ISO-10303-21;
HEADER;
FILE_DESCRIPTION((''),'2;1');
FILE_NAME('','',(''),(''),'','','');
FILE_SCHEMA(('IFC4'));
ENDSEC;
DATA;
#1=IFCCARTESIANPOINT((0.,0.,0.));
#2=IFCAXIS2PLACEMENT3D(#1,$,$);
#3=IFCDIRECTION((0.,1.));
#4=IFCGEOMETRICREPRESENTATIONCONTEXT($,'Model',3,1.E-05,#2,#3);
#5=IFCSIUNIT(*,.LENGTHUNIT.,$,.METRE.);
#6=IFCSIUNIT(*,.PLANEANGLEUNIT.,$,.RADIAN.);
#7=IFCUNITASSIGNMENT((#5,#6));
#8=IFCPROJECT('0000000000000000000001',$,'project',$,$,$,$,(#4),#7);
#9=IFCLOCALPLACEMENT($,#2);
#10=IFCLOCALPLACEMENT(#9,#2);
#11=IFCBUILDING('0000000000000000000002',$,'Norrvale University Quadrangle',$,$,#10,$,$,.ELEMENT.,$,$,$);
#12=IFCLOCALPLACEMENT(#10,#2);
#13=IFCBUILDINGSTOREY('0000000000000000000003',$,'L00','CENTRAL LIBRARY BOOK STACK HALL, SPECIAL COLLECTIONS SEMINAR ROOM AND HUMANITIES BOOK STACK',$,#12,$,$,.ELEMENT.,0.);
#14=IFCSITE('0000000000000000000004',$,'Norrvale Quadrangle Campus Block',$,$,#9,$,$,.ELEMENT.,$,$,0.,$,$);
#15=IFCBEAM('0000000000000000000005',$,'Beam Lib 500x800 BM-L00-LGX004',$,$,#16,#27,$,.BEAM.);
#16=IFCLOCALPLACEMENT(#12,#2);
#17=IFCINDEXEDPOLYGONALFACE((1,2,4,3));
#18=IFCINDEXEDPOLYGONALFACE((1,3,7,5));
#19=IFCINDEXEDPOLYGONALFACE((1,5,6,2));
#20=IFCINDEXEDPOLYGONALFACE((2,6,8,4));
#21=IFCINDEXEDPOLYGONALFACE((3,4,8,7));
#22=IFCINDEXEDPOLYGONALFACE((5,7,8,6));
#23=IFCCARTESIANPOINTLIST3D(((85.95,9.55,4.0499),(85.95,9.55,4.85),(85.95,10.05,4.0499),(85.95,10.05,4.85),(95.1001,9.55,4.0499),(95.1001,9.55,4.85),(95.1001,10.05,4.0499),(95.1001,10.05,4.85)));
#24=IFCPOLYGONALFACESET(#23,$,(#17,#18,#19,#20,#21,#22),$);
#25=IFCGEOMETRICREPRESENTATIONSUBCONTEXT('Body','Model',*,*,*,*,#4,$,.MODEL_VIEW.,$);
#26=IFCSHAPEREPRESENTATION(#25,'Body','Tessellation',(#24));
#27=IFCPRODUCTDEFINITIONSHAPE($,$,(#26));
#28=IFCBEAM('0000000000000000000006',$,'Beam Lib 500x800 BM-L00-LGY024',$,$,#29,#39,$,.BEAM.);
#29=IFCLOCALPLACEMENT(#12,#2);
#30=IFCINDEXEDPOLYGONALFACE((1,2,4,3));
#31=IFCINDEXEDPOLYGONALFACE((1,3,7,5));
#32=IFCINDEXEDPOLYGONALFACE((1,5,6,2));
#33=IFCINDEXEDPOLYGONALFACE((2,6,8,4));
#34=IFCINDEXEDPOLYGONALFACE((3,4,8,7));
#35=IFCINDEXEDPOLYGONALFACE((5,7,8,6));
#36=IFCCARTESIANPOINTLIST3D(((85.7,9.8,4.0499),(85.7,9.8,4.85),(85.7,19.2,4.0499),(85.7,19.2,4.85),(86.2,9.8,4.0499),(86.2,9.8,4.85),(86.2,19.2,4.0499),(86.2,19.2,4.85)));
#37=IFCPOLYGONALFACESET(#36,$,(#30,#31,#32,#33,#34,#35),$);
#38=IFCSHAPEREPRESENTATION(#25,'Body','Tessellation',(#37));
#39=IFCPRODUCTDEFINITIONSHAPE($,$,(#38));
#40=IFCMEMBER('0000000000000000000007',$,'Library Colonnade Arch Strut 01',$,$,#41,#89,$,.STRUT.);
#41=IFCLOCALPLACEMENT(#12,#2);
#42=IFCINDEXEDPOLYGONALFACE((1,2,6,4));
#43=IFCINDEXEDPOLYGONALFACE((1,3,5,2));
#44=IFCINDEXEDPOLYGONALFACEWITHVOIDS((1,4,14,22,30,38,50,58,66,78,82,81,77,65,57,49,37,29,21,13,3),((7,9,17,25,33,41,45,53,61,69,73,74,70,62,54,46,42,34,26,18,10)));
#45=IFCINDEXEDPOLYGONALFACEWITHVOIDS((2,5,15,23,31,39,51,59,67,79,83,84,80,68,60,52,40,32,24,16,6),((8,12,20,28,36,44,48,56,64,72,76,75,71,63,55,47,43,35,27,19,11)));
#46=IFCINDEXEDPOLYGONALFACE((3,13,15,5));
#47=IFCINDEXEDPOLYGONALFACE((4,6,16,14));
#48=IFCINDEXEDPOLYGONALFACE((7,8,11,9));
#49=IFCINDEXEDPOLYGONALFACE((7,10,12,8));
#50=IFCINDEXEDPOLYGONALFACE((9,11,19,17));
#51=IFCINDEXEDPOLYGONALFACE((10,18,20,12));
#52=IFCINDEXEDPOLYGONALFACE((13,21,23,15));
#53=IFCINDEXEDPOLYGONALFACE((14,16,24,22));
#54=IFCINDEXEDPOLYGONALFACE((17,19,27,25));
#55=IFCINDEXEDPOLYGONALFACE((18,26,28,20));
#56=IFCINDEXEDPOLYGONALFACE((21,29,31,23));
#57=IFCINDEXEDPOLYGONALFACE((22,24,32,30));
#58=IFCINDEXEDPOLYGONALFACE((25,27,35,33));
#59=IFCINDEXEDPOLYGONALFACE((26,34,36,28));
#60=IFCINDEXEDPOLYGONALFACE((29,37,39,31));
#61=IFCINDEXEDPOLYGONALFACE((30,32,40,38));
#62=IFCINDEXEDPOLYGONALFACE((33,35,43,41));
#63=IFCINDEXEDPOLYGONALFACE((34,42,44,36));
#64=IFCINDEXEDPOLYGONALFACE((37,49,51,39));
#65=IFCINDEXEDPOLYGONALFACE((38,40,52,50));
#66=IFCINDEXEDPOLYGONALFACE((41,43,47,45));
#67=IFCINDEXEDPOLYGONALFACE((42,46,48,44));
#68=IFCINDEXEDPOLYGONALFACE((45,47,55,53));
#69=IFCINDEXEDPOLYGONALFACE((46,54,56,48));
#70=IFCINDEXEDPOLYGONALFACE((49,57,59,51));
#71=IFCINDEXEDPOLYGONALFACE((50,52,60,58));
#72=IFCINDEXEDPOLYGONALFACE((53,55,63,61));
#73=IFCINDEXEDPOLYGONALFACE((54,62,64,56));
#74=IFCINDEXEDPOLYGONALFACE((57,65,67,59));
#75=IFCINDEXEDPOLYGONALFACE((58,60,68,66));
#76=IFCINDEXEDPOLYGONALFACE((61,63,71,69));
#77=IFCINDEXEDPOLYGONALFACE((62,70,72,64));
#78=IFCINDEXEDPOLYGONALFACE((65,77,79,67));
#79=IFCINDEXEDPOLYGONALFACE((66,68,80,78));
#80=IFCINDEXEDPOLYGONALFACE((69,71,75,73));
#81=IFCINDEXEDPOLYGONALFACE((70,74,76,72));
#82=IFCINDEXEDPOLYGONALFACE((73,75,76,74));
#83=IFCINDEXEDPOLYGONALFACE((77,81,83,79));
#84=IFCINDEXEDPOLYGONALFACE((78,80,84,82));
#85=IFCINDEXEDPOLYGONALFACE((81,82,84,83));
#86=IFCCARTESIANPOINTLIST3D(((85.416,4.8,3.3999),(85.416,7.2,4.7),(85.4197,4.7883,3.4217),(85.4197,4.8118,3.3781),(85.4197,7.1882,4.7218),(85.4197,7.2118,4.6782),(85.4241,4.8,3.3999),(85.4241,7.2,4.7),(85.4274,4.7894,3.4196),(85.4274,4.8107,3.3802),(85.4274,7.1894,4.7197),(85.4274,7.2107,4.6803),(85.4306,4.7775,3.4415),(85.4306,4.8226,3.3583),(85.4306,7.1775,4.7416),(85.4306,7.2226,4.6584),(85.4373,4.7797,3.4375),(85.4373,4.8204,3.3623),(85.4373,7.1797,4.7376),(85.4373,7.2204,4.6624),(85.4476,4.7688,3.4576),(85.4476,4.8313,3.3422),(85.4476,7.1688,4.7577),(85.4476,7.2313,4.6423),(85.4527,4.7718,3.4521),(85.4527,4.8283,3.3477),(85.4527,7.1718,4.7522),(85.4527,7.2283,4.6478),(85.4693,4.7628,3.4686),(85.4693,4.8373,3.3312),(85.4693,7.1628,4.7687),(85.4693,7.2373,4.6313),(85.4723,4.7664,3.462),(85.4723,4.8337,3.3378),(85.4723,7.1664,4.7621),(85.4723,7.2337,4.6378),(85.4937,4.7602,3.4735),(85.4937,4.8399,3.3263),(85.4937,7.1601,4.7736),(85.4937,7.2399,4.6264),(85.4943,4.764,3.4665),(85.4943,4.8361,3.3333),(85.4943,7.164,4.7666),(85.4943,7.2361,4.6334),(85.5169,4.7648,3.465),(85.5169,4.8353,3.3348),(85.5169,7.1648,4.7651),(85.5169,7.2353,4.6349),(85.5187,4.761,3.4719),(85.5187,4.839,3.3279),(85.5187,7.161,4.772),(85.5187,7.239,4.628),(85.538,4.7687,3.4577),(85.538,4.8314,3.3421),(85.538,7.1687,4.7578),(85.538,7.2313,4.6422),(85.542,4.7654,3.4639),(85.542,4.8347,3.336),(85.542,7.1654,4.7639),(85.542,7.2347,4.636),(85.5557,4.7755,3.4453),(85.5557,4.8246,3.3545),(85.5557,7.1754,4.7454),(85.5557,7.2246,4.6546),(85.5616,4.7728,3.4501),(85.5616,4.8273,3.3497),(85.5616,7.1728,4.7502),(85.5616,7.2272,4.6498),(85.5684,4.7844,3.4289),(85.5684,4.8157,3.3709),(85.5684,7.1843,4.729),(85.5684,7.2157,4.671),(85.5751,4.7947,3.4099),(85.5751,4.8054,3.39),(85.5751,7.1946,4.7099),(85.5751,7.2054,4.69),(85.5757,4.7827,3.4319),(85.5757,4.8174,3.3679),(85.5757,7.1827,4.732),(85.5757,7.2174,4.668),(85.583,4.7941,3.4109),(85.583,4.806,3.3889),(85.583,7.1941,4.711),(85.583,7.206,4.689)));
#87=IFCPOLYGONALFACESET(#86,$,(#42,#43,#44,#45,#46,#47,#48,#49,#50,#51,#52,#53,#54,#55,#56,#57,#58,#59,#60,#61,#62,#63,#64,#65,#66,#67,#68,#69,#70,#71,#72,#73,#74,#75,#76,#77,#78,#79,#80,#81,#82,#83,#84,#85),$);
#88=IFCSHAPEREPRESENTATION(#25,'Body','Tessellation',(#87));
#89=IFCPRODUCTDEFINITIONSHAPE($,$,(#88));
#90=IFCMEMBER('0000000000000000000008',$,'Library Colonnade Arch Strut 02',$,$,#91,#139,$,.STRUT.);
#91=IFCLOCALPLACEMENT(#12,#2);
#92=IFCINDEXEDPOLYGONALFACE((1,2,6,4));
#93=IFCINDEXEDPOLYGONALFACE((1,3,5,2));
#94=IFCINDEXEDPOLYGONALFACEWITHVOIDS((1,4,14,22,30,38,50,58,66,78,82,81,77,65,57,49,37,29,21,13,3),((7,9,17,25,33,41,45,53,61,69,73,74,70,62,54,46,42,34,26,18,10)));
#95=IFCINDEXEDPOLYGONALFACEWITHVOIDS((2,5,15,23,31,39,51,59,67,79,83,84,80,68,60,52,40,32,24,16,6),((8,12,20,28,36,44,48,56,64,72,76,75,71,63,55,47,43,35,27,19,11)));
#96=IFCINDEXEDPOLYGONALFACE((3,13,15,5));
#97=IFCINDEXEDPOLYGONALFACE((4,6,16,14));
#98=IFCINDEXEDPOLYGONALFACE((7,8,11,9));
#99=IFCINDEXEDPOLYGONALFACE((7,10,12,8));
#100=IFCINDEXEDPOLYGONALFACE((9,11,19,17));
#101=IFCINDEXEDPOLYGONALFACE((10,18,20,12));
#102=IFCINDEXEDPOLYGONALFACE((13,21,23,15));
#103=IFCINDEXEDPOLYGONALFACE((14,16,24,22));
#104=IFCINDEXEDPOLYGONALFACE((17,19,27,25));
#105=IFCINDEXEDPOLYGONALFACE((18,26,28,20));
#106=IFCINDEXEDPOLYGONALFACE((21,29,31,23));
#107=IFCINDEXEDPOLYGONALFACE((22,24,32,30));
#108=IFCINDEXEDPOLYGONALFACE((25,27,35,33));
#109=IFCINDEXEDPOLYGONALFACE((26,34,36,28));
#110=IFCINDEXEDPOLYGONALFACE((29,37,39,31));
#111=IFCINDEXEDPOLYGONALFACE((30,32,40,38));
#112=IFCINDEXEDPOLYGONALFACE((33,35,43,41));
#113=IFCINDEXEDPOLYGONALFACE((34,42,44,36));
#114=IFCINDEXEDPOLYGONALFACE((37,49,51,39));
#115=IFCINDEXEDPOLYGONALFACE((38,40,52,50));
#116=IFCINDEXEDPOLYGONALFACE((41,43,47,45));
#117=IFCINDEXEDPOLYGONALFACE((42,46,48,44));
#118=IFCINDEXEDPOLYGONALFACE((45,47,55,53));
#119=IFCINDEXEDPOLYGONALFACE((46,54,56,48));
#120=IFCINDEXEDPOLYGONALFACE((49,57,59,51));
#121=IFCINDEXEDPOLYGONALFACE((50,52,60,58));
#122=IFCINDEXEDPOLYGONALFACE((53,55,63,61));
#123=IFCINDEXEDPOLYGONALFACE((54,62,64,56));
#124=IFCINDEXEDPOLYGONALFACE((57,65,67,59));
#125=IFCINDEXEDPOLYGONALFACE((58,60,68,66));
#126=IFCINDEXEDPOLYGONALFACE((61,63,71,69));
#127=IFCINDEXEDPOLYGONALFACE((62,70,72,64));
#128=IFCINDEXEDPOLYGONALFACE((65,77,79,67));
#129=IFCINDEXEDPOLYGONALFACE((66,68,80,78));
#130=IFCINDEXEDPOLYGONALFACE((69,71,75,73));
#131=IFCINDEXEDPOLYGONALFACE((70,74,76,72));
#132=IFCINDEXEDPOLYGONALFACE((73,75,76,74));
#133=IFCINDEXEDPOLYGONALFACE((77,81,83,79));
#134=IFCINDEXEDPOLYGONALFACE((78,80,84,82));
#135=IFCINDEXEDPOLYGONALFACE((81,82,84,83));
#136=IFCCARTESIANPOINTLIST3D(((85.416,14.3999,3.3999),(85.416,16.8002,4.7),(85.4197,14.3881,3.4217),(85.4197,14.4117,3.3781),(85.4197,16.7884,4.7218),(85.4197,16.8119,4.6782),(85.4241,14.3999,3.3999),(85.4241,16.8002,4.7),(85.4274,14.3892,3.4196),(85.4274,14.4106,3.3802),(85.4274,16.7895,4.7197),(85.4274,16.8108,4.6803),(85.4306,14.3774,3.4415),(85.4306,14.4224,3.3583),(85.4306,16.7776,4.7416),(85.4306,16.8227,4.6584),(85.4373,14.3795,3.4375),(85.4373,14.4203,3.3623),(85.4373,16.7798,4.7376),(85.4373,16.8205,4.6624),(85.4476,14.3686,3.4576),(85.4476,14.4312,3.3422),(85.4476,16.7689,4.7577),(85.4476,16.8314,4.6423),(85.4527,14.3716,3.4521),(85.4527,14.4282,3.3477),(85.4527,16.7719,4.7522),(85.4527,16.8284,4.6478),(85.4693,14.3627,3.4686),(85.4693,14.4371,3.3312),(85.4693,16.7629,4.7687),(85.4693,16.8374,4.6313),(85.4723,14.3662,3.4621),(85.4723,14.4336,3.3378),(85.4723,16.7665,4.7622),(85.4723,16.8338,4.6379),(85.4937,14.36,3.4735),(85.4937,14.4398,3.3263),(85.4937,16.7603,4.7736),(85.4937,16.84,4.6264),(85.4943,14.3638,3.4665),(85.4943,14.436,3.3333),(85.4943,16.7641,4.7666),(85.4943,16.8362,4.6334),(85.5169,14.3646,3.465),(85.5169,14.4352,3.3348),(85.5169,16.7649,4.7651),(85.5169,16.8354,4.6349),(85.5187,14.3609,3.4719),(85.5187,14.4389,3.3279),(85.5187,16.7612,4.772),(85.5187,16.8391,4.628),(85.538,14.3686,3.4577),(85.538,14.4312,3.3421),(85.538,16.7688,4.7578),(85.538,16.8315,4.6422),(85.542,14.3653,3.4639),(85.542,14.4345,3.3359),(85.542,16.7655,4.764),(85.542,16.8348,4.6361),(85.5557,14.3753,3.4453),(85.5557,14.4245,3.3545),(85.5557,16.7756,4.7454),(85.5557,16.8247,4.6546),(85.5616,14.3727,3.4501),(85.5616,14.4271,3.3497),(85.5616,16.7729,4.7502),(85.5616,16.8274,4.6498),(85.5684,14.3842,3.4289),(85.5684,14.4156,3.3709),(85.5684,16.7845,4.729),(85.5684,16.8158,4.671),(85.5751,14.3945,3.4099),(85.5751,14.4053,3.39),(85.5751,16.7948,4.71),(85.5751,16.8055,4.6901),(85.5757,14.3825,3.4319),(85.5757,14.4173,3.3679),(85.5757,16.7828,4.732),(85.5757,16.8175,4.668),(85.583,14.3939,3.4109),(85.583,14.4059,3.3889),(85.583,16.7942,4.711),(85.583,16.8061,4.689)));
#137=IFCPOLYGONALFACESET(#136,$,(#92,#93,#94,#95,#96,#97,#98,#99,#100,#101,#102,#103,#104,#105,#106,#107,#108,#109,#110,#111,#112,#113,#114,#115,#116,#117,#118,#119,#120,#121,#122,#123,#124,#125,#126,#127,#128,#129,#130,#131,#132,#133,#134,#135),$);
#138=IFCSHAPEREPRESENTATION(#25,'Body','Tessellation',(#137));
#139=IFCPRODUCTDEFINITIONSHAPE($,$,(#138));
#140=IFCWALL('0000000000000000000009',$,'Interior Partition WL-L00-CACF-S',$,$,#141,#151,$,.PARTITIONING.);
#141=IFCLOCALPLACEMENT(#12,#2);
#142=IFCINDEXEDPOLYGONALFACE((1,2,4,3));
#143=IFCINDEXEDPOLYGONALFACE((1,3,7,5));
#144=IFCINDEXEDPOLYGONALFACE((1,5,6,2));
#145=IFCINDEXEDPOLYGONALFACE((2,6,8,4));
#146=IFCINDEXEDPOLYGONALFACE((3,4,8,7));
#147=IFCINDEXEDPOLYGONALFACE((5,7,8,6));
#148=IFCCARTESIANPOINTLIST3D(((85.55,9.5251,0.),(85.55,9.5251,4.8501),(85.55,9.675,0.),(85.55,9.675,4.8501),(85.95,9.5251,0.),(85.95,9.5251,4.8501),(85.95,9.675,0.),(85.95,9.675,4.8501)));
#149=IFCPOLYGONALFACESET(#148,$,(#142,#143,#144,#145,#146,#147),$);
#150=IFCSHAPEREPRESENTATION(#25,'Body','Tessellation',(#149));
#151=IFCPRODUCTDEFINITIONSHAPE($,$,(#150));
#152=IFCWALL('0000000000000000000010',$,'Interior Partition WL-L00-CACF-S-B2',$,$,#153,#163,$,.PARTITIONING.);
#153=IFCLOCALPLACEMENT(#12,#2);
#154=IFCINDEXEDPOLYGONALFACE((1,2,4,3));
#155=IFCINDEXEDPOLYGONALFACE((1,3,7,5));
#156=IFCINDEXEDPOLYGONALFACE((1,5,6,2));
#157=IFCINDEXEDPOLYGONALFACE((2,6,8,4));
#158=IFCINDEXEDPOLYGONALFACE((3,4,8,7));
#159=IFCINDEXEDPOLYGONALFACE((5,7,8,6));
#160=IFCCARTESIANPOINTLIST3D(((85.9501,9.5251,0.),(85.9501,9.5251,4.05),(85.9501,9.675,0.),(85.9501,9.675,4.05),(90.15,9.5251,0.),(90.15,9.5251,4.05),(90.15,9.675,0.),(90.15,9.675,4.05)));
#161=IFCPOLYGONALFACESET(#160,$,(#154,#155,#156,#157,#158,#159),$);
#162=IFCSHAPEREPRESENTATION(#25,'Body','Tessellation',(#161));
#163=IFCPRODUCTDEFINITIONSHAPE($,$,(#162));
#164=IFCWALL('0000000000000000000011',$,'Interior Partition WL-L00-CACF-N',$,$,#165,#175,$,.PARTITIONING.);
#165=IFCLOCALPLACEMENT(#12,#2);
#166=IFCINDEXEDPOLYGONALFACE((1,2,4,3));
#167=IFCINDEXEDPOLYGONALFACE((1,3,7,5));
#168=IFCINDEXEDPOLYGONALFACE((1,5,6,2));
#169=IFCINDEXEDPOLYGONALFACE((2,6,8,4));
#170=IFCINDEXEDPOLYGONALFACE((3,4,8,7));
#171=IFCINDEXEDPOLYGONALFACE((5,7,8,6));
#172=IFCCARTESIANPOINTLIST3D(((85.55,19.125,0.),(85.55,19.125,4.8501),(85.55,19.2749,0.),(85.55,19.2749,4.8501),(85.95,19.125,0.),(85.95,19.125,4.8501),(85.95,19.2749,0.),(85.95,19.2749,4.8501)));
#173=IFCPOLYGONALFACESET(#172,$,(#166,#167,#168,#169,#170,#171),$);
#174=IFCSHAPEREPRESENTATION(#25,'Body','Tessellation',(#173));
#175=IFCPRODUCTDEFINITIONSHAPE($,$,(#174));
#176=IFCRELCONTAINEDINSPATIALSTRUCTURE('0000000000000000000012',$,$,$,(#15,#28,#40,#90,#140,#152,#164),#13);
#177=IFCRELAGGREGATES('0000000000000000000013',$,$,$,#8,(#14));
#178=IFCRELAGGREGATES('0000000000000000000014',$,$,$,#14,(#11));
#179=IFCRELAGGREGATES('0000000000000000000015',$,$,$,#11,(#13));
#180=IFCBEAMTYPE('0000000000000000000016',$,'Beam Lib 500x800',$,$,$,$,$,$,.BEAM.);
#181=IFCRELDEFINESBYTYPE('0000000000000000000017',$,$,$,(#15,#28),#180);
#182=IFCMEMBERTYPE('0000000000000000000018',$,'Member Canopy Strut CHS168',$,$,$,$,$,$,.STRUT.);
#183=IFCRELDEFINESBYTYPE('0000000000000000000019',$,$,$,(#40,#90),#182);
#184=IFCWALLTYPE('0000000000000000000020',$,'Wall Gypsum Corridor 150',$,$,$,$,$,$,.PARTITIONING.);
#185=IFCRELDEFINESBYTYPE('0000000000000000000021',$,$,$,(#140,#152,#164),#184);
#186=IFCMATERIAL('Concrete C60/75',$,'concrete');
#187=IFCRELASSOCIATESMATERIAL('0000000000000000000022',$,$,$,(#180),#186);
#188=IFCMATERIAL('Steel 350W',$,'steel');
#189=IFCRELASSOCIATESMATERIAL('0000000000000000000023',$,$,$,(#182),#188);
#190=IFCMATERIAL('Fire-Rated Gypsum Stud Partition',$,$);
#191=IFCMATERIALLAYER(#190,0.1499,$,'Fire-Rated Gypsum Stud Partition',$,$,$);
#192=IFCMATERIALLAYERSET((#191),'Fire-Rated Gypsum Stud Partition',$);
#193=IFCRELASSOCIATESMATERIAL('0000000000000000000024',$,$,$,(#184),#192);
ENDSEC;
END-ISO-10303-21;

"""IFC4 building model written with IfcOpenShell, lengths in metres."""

from ifc_helpers import new_model, si_unit, direction, frame, frame_2d, origin, origin_2d, place, context, subcontext, project, spatial, rectangle, hollow_circle, extrude, material, layer, layer_set, material_profile, profile_set, type_object, element, save


model = new_model("IFC4")

# Units and contexts
model_context = context("Model", 3, precision=1e-05, world=origin(), true_north=direction((0.0, 1.0)))
body_context = subcontext(model_context, "Body", "Model", "MODEL_VIEW")
ifc_project = project(units=[si_unit("LENGTHUNIT", "METRE"), si_unit("PLANEANGLEUNIT", "RADIAN")], contexts=[model_context])

# Site, building, storey
site_placement = place(None, origin())
site = spatial("IfcSite", under=ifc_project, at=site_placement, Name="Norrvale Quadrangle Campus Block", CompositionType="ELEMENT", RefElevation=0.0)
building_placement = place(site_placement, origin())
building = spatial("IfcBuilding", under=site, at=building_placement, Name="Norrvale University Quadrangle", CompositionType="ELEMENT")
storey_placement = place(building_placement, origin())
storey = spatial("IfcBuildingStorey", under=building, at=storey_placement, Name="L00", Description="CENTRAL LIBRARY BOOK STACK HALL, SPECIAL COLLECTIONS SEMINAR ROOM AND HUMANITIES BOOK STACK", CompositionType="ELEMENT", Elevation=0.0)

# Shared definitions
ifc_material_1 = material(Name="Concrete C60/75", Category="concrete")

# Beams
ifc_material_2 = material(Name="Steel 350W", Category="steel")
ifc_material_profile_1 = material_profile(ifc_material_1, rectangle(XDim=0.5, YDim=0.8, at=origin_2d()), Name="Concrete C60/75")
ifc_profile_set_1 = profile_set([ifc_material_profile_1], Name="Concrete C60/75")
beam_type_1 = type_object("IfcBeamType", Name="Beam Lib 500x800", PredefinedType="BEAM", material=ifc_profile_set_1)
beam_1_placement = place(storey_placement, frame((85.95, 9.8, 4.45), z_axis=(1.0, 0.0, 0.0), x_axis=(0.0, 1.0, 0.0)))
element("IfcBeam", 1, at=beam_1_placement, inside=storey, type_object=beam_type_1, Name="Beam Lib 500x800 BM-L00-LGX004", PredefinedType="BEAM", context=body_context, shape_type="SweptSolid", body=[
    extrude(rectangle(XDim=0.5, YDim=0.8, at=origin_2d()), origin(), (0.0, 0.0, 1.0), 9.1501),
])
beam_2_placement = place(storey_placement, frame((85.95, 9.8, 4.45), z_axis=(0.0, 1.0, 0.0), x_axis=(-1.0, 0.0, 0.0)))
element("IfcBeam", 2, at=beam_2_placement, inside=storey, type_object=beam_type_1, Name="Beam Lib 500x800 BM-L00-LGY024", PredefinedType="BEAM", context=body_context, shape_type="SweptSolid", body=[
    extrude(rectangle(XDim=0.5, YDim=0.8, at=origin_2d()), origin(), (0.0, 0.0, 1.0), 9.3999),
])

# Members
ifc_material_profile_2 = material_profile(ifc_material_2, hollow_circle(Radius=0.084, WallThickness=0.0081, at=origin_2d()), Name="Steel 350W")
ifc_profile_set_2 = profile_set([ifc_material_profile_2], Name="Steel 350W")
member_type = type_object("IfcMemberType", Name="Member Canopy Strut CHS168", PredefinedType="STRUT", material=ifc_profile_set_2)
member_1_placement = place(storey_placement, frame((85.5, 4.8, 3.3999), z_axis=(0.0, 0.879276, 0.476312), x_axis=(-1.0, 0.0, 0.0)))
element("IfcMember", 3, at=member_1_placement, inside=storey, type_object=member_type, Name="Library Colonnade Arch Strut 01", PredefinedType="STRUT", context=body_context, shape_type="SweptSolid", body=[
    extrude(hollow_circle(Radius=0.084, WallThickness=0.0081, at=origin_2d()), origin(), (0.0, 0.0, 1.0), 2.7295),
])
member_2_placement = place(storey_placement, frame((85.5, 14.3999, 3.3999), z_axis=(0.0, 0.879297, 0.476275), x_axis=(-1.0, 0.0, 0.0)))
element("IfcMember", 4, at=member_2_placement, inside=storey, type_object=member_type, Name="Library Colonnade Arch Strut 02", PredefinedType="STRUT", context=body_context, shape_type="SweptSolid", body=[
    extrude(hollow_circle(Radius=0.084, WallThickness=0.0081, at=origin_2d()), origin(), (0.0, 0.0, 1.0), 2.7297),
])

# Walls
ifc_material_3 = material(Name="Fire-Rated Gypsum Stud Partition")
ifc_layer = layer(ifc_material_3, 0.1499, Name="Fire-Rated Gypsum Stud Partition")
ifc_layer_set = layer_set([ifc_layer], Name="Fire-Rated Gypsum Stud Partition")
wall_type = type_object("IfcWallType", Name="Wall Gypsum Corridor 150", PredefinedType="PARTITIONING", material=ifc_layer_set)
wall_1_placement = place(storey_placement, frame((85.55, 9.6001, 0.0), z_axis=(0.0, 0.0, 1.0), x_axis=(1.0, 0.0, 0.0)))
element("IfcWall", 5, at=wall_1_placement, inside=storey, type_object=wall_type, Name="Interior Partition WL-L00-CACF-S", PredefinedType="PARTITIONING", context=body_context, shape_type="SweptSolid", body=[
    extrude(rectangle(XDim=0.3999, YDim=0.1499, at=frame_2d((0.2, 0.0))), origin(), (0.0, 0.0, 1.0), 4.8501),
])
wall_2_placement = place(storey_placement, frame((85.95, 9.6001, 0.0), z_axis=(0.0, 0.0, 1.0), x_axis=(1.0, 0.0, 0.0)))
element("IfcWall", 6, at=wall_2_placement, inside=storey, type_object=wall_type, Name="Interior Partition WL-L00-CACF-S-B2", PredefinedType="PARTITIONING", context=body_context, shape_type="SweptSolid", body=[
    extrude(rectangle(XDim=4.2, YDim=0.1499, at=frame_2d((2.1001, 0.0))), origin(), (0.0, 0.0, 1.0), 4.05),
])
wall_3_placement = place(storey_placement, frame((85.55, 19.2, 0.0), z_axis=(0.0, 0.0, 1.0), x_axis=(1.0, 0.0, 0.0)))
element("IfcWall", 7, at=wall_3_placement, inside=storey, type_object=wall_type, Name="Interior Partition WL-L00-CACF-N", PredefinedType="PARTITIONING", context=body_context, shape_type="SweptSolid", body=[
    extrude(rectangle(XDim=0.3999, YDim=0.1499, at=frame_2d((0.2, 0.0))), origin(), (0.0, 0.0, 1.0), 4.8501),
])

save(model, "model.ifc")
